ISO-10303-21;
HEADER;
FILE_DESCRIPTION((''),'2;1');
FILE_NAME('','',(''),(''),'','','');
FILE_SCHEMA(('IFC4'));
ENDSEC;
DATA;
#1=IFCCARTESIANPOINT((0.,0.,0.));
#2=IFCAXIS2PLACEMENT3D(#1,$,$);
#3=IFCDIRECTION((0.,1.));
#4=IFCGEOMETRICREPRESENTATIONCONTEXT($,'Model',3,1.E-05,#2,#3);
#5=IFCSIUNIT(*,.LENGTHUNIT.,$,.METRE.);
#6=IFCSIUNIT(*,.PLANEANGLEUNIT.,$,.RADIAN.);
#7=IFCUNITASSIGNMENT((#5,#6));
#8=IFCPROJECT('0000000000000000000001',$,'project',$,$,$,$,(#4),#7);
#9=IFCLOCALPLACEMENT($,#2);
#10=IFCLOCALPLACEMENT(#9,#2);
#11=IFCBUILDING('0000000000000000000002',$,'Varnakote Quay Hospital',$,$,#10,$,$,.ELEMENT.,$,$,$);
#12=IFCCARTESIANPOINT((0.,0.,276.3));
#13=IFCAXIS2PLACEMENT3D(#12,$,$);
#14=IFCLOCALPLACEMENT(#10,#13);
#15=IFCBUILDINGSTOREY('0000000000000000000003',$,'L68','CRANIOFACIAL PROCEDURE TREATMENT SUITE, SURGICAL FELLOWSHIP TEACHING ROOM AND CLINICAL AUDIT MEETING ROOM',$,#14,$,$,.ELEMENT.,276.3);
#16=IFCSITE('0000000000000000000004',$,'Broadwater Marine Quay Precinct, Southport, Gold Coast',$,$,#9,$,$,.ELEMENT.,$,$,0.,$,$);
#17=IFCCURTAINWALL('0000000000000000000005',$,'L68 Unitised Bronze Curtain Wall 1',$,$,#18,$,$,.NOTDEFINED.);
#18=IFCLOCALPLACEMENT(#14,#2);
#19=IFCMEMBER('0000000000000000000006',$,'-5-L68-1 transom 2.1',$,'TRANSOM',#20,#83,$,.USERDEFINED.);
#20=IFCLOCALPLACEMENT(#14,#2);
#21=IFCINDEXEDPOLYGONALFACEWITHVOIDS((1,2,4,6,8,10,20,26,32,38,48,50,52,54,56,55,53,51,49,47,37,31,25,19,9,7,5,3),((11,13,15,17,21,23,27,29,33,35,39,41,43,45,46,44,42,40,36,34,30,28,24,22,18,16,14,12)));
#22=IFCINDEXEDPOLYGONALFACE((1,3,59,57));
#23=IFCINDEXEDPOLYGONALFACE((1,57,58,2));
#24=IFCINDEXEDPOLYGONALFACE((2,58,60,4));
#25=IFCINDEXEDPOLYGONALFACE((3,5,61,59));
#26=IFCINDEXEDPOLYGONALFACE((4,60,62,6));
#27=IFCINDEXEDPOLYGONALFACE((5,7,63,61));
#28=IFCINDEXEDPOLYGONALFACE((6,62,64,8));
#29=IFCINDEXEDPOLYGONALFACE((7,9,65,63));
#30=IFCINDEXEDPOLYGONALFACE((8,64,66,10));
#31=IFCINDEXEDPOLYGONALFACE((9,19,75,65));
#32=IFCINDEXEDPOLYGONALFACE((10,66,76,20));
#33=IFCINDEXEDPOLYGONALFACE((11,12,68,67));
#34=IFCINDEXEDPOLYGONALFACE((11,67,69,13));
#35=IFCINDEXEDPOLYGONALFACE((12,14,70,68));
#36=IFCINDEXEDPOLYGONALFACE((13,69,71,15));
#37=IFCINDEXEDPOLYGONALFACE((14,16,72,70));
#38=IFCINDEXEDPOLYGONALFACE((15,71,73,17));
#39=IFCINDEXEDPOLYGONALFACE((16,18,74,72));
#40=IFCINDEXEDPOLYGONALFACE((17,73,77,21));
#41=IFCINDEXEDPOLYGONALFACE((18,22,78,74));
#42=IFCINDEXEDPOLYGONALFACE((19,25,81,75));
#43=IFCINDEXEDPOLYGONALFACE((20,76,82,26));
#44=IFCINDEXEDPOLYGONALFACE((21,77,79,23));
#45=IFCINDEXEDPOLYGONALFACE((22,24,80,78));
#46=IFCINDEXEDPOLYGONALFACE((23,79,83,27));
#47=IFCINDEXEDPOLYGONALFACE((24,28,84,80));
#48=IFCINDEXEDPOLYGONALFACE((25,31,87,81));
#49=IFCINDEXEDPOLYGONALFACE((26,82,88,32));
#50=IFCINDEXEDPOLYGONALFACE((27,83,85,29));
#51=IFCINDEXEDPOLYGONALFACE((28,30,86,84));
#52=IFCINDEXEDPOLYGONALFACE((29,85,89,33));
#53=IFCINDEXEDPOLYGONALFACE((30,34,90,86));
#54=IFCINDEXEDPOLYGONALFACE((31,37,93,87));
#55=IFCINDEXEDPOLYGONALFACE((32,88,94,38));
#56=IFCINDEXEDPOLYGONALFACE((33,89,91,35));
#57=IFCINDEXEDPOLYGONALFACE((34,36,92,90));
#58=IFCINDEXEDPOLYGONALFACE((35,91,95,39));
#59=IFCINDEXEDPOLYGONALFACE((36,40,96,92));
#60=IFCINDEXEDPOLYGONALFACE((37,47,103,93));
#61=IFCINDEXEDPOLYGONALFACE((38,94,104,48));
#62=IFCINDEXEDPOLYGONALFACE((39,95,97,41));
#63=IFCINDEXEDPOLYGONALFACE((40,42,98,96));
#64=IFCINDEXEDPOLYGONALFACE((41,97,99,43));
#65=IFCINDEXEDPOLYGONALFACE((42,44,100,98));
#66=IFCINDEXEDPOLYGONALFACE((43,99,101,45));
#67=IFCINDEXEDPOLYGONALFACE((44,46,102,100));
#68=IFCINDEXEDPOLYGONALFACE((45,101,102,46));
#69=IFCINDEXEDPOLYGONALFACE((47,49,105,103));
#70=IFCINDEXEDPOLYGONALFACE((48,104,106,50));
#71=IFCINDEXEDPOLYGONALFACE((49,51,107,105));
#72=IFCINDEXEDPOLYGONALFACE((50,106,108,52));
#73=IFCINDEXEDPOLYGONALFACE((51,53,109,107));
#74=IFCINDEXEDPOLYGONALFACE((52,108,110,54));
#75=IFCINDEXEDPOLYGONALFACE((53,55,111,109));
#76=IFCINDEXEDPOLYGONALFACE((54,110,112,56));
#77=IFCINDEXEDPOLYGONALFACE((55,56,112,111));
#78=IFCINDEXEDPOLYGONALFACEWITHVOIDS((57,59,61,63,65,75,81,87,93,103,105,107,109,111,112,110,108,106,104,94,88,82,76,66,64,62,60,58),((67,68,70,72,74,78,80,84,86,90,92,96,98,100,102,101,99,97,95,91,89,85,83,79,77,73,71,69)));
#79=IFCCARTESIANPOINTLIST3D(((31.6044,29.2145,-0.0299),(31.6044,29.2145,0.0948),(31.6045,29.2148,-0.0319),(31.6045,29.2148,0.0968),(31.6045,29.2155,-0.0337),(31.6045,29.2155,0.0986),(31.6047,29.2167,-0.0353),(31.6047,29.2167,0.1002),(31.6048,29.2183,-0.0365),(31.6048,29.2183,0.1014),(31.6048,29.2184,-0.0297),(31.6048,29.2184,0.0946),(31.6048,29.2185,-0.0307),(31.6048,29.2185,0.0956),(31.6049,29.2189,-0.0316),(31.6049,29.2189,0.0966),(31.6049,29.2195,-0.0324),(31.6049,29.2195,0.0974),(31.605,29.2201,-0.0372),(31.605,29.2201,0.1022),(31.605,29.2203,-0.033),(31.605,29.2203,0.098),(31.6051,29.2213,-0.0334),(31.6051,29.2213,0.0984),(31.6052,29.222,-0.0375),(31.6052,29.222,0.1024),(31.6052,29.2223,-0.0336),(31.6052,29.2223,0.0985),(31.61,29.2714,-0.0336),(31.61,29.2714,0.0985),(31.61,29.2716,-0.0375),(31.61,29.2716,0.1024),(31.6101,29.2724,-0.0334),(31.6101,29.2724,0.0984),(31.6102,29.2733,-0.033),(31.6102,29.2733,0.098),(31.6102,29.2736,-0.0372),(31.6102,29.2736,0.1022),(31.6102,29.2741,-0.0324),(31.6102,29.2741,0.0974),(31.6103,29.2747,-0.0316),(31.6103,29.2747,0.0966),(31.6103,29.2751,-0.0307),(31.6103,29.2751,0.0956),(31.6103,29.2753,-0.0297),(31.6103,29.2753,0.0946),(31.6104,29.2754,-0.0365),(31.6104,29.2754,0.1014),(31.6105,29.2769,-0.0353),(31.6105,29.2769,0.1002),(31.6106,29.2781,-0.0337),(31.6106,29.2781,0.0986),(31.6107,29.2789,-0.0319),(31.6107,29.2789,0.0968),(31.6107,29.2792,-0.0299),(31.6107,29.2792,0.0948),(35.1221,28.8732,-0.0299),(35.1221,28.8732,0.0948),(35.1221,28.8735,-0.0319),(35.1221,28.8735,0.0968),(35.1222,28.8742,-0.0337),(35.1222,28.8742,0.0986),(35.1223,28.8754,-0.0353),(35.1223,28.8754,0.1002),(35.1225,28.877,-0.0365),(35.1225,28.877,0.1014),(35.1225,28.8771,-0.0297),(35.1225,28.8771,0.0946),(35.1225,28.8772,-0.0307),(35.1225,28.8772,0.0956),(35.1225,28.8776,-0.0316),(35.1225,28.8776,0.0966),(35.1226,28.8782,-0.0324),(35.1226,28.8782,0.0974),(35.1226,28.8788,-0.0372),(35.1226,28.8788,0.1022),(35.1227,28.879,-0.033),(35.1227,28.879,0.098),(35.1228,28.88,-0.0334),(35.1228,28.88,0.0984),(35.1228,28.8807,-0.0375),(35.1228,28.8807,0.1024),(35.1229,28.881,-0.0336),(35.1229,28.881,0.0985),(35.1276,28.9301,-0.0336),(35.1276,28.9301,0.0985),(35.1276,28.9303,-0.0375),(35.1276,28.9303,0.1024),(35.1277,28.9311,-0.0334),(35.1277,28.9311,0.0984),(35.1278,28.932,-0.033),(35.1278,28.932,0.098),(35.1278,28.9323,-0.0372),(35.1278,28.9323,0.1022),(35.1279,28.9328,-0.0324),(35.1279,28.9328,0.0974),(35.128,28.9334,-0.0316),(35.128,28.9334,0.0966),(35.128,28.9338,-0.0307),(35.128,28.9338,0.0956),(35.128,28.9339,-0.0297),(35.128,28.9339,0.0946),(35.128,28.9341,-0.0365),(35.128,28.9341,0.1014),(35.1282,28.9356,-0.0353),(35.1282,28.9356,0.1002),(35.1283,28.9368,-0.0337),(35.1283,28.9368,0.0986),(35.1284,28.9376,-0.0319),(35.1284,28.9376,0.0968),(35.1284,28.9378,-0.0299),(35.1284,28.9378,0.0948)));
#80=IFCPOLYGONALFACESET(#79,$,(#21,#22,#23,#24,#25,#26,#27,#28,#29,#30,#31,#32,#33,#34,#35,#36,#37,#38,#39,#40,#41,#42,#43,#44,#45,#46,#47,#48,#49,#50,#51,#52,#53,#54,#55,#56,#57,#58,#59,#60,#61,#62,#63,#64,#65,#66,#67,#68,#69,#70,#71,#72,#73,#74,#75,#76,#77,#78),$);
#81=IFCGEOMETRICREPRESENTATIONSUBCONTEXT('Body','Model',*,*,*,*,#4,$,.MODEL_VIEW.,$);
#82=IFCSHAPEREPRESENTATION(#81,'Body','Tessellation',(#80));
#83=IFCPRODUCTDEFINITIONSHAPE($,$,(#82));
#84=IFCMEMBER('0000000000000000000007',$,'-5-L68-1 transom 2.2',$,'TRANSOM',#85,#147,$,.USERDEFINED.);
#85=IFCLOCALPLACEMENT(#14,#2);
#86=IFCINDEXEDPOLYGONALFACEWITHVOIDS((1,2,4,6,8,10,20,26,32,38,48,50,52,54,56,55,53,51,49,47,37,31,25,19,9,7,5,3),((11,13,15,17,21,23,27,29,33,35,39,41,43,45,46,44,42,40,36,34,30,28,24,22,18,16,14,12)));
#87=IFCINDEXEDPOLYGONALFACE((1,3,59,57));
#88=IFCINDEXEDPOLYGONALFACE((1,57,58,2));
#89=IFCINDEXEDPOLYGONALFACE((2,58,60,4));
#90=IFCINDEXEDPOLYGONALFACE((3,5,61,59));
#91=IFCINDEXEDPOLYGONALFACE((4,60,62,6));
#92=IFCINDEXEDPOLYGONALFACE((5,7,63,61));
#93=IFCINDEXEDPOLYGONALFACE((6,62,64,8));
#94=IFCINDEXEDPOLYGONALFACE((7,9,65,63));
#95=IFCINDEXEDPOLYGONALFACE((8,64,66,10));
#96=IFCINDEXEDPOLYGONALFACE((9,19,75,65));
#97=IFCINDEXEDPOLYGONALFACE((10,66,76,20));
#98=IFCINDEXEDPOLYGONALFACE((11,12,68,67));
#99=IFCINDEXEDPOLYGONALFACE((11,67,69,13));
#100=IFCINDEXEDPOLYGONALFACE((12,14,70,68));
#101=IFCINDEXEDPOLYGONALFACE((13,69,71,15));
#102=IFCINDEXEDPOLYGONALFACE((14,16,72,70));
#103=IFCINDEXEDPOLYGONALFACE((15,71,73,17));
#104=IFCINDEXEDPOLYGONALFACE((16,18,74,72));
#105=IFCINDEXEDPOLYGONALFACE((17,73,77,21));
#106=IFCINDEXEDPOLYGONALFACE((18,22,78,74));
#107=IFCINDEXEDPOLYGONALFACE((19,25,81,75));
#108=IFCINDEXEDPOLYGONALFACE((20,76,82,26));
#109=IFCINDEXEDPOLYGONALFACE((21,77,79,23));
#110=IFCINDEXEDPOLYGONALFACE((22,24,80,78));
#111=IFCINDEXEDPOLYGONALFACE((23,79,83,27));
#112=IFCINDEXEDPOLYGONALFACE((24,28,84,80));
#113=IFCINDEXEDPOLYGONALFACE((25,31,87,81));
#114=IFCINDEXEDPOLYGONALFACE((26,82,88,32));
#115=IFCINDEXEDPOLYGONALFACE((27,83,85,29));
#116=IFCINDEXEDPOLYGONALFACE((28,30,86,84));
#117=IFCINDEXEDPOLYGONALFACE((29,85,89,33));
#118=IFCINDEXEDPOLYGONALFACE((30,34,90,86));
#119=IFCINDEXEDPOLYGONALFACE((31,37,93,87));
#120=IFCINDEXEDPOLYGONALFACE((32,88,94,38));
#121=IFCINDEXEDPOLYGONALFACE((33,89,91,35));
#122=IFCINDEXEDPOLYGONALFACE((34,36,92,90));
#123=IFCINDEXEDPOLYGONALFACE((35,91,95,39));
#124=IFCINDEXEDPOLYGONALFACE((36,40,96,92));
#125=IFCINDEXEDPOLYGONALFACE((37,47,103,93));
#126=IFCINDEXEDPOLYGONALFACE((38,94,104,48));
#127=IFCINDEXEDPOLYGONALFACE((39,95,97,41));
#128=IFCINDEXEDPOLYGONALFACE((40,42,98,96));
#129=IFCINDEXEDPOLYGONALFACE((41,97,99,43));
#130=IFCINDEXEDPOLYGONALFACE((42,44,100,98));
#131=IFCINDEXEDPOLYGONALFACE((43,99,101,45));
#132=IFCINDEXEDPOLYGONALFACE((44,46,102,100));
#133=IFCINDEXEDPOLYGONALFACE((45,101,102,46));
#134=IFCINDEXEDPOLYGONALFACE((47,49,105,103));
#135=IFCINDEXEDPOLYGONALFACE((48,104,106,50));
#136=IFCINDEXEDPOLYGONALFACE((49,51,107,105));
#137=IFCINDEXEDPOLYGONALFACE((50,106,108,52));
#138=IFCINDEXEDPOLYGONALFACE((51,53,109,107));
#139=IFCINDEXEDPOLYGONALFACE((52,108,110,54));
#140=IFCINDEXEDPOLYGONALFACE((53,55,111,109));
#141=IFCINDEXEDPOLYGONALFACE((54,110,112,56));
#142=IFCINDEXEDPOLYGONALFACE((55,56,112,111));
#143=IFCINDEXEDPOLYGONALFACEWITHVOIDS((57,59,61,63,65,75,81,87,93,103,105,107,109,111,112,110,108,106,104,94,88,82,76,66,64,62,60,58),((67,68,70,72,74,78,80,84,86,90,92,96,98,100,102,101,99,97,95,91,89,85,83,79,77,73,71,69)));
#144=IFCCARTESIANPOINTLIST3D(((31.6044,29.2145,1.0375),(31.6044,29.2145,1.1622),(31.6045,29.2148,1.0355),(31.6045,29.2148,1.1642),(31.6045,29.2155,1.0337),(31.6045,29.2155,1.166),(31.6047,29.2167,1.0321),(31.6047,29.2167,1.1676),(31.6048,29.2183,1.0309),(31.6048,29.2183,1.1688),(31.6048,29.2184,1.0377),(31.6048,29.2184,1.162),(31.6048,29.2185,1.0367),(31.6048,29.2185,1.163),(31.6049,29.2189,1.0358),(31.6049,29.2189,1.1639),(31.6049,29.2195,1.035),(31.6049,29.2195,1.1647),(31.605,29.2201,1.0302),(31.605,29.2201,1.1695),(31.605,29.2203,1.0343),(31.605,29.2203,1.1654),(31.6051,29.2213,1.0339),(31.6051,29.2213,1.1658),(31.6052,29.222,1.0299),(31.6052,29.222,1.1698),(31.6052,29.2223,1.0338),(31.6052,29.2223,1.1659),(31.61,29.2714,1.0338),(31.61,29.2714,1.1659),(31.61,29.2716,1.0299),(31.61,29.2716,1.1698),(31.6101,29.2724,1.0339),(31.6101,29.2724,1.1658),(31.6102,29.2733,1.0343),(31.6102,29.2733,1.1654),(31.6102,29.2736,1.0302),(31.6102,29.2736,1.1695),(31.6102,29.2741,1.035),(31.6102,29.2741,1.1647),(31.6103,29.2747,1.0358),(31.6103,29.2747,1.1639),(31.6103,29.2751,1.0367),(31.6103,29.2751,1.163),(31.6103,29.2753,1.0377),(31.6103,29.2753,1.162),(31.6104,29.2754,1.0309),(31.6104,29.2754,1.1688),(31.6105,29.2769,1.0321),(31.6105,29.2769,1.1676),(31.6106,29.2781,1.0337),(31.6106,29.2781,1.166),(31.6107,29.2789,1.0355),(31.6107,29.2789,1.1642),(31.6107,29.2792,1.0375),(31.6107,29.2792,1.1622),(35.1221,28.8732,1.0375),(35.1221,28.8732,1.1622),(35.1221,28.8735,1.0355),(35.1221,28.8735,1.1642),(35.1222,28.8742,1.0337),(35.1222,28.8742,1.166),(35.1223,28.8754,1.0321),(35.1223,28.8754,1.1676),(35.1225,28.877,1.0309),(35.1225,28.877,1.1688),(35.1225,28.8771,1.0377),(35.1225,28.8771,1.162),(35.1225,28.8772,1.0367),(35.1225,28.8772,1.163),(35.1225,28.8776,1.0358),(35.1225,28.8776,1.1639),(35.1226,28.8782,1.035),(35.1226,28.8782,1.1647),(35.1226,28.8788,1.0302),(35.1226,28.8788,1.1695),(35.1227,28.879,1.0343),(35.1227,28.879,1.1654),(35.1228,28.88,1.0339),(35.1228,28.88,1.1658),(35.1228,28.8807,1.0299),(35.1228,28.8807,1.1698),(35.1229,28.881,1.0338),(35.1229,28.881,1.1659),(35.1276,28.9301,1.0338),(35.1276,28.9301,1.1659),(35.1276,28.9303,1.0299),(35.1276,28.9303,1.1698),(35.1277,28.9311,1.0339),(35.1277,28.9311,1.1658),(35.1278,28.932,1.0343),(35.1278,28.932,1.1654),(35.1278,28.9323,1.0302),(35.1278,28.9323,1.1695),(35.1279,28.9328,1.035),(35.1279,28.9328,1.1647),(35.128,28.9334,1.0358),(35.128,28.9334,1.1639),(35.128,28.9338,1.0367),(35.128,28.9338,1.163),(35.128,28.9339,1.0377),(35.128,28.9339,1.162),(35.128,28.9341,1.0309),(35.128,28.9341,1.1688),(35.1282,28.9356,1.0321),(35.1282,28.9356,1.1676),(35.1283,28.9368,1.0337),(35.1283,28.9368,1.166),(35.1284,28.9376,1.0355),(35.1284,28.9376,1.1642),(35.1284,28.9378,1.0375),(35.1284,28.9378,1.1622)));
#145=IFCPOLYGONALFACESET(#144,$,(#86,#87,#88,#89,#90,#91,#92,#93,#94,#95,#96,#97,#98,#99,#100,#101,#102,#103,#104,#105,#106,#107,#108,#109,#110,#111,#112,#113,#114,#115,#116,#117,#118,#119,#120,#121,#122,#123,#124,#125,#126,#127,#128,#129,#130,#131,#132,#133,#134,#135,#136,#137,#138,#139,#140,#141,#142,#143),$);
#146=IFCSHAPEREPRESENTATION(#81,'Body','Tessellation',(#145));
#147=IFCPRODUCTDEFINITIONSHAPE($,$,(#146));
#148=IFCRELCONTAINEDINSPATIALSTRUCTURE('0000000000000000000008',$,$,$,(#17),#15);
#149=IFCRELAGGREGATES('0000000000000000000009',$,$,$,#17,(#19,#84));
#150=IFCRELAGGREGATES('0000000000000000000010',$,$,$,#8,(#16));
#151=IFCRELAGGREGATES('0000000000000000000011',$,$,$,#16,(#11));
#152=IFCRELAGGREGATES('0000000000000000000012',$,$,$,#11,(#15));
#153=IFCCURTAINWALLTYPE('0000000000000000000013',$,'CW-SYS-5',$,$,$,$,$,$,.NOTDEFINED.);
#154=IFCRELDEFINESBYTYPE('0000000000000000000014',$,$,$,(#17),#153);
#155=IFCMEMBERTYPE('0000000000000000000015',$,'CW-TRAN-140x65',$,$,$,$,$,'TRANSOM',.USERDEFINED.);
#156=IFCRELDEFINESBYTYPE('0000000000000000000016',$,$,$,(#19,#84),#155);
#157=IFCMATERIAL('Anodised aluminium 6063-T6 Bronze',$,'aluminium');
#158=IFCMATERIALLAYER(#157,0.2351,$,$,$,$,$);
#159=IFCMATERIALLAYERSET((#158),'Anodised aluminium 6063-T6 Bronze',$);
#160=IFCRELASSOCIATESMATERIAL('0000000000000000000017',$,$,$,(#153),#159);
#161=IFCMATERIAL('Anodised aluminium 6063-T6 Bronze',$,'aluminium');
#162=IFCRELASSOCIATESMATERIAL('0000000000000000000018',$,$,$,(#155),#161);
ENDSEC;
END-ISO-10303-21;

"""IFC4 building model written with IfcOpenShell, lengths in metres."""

from ifc_helpers import new_model, si_unit, direction, frame, origin, origin_2d, place, context, subcontext, project, spatial, hollow_rectangle, extrude, material, layer, layer_set, material_profile, profile_set, type_object, element, aggregate, save


model = new_model("IFC4")

# Units and contexts
model_context = context("Model", 3, precision=1e-05, world=origin(), true_north=direction((0.0, 1.0)))
body_context = subcontext(model_context, "Body", "Model", "MODEL_VIEW")
ifc_project = project(units=[si_unit("LENGTHUNIT", "METRE"), si_unit("PLANEANGLEUNIT", "RADIAN")], contexts=[model_context])

# Site, building, storey
site_placement = place(None, origin())
site = spatial("IfcSite", under=ifc_project, at=site_placement, Name="Broadwater Marine Quay Precinct, Southport, Gold Coast", CompositionType="ELEMENT", RefElevation=0.0)
building_placement = place(site_placement, origin())
building = spatial("IfcBuilding", under=site, at=building_placement, Name="Varnakote Quay Hospital", CompositionType="ELEMENT")
storey_placement = place(building_placement, frame((0.0, 0.0, 276.3)))
storey = spatial("IfcBuildingStorey", under=building, at=storey_placement, Name="L68", Description="CRANIOFACIAL PROCEDURE TREATMENT SUITE, SURGICAL FELLOWSHIP TEACHING ROOM AND CLINICAL AUDIT MEETING ROOM", CompositionType="ELEMENT", Elevation=276.3)

# Curtain wall, members
ifc_material_1 = material(Name="Anodised aluminium 6063-T6 Bronze", Category="aluminium")
ifc_layer_1 = layer(ifc_material_1, 0.2351)
ifc_layer_set_1 = layer_set([ifc_layer_1], Name="Anodised aluminium 6063-T6 Bronze")
curtain_wall_type = type_object("IfcCurtainWallType", Name="CW-SYS-5", PredefinedType="NOTDEFINED", material=ifc_layer_set_1)
curtain_wall_placement = place(storey_placement, origin())
curtain_wall = element("IfcCurtainWall", 1, at=curtain_wall_placement, inside=storey, type_object=curtain_wall_type, Name="L68 Unitised Bronze Curtain Wall 1", PredefinedType="NOTDEFINED")
ifc_material_2 = material(Name="Anodised aluminium 6063-T6 Bronze", Category="aluminium")
ifc_material_profile_1 = material_profile(ifc_material_2, hollow_rectangle(XDim=0.0649, YDim=0.1399, WallThickness=0.0039, InnerFilletRadius=0.0039, OuterFilletRadius=0.0076, at=origin_2d()), Name="CW-TRAN-140x65")
ifc_profile_set_1 = profile_set([ifc_material_profile_1], Name="Anodised aluminium 6063-T6 Bronze")
member_type_1 = type_object("IfcMemberType", Name="CW-TRAN-140x65", ElementType="TRANSOM", PredefinedType="USERDEFINED", material=ifc_profile_set_1)
member_1_placement = place(storey_placement, frame((35.1252, 28.9055, 0.0325), z_axis=(-0.995326, 0.096576, 0.0), x_axis=(-0.096576, -0.995326, 0.0)))
member_1 = element("IfcMember", 2, at=member_1_placement, type_object=member_type_1, Name="-5-L68-1 transom 2.1", ObjectType="TRANSOM", PredefinedType="USERDEFINED", context=body_context, shape_type="SweptSolid", body=[
    extrude(hollow_rectangle(XDim=0.0649, YDim=0.1399, WallThickness=0.0039, InnerFilletRadius=0.0039, OuterFilletRadius=0.0076, at=origin_2d()), origin(), (0.0, 0.0, 1.0), 3.5342),
])
member_2_placement = place(storey_placement, frame((35.1252, 28.9055, 1.0999), z_axis=(-0.995326, 0.096576, 0.0), x_axis=(-0.096576, -0.995326, 0.0)))
member_2 = element("IfcMember", 3, at=member_2_placement, type_object=member_type_1, Name="-5-L68-1 transom 2.2", ObjectType="TRANSOM", PredefinedType="USERDEFINED", context=body_context, shape_type="SweptSolid", body=[
    extrude(hollow_rectangle(XDim=0.0649, YDim=0.1399, WallThickness=0.0039, InnerFilletRadius=0.0039, OuterFilletRadius=0.0076, at=origin_2d()), origin(), (0.0, 0.0, 1.0), 3.5342),
])
aggregate(curtain_wall, [member_1, member_2])

save(model, "model.ifc")
